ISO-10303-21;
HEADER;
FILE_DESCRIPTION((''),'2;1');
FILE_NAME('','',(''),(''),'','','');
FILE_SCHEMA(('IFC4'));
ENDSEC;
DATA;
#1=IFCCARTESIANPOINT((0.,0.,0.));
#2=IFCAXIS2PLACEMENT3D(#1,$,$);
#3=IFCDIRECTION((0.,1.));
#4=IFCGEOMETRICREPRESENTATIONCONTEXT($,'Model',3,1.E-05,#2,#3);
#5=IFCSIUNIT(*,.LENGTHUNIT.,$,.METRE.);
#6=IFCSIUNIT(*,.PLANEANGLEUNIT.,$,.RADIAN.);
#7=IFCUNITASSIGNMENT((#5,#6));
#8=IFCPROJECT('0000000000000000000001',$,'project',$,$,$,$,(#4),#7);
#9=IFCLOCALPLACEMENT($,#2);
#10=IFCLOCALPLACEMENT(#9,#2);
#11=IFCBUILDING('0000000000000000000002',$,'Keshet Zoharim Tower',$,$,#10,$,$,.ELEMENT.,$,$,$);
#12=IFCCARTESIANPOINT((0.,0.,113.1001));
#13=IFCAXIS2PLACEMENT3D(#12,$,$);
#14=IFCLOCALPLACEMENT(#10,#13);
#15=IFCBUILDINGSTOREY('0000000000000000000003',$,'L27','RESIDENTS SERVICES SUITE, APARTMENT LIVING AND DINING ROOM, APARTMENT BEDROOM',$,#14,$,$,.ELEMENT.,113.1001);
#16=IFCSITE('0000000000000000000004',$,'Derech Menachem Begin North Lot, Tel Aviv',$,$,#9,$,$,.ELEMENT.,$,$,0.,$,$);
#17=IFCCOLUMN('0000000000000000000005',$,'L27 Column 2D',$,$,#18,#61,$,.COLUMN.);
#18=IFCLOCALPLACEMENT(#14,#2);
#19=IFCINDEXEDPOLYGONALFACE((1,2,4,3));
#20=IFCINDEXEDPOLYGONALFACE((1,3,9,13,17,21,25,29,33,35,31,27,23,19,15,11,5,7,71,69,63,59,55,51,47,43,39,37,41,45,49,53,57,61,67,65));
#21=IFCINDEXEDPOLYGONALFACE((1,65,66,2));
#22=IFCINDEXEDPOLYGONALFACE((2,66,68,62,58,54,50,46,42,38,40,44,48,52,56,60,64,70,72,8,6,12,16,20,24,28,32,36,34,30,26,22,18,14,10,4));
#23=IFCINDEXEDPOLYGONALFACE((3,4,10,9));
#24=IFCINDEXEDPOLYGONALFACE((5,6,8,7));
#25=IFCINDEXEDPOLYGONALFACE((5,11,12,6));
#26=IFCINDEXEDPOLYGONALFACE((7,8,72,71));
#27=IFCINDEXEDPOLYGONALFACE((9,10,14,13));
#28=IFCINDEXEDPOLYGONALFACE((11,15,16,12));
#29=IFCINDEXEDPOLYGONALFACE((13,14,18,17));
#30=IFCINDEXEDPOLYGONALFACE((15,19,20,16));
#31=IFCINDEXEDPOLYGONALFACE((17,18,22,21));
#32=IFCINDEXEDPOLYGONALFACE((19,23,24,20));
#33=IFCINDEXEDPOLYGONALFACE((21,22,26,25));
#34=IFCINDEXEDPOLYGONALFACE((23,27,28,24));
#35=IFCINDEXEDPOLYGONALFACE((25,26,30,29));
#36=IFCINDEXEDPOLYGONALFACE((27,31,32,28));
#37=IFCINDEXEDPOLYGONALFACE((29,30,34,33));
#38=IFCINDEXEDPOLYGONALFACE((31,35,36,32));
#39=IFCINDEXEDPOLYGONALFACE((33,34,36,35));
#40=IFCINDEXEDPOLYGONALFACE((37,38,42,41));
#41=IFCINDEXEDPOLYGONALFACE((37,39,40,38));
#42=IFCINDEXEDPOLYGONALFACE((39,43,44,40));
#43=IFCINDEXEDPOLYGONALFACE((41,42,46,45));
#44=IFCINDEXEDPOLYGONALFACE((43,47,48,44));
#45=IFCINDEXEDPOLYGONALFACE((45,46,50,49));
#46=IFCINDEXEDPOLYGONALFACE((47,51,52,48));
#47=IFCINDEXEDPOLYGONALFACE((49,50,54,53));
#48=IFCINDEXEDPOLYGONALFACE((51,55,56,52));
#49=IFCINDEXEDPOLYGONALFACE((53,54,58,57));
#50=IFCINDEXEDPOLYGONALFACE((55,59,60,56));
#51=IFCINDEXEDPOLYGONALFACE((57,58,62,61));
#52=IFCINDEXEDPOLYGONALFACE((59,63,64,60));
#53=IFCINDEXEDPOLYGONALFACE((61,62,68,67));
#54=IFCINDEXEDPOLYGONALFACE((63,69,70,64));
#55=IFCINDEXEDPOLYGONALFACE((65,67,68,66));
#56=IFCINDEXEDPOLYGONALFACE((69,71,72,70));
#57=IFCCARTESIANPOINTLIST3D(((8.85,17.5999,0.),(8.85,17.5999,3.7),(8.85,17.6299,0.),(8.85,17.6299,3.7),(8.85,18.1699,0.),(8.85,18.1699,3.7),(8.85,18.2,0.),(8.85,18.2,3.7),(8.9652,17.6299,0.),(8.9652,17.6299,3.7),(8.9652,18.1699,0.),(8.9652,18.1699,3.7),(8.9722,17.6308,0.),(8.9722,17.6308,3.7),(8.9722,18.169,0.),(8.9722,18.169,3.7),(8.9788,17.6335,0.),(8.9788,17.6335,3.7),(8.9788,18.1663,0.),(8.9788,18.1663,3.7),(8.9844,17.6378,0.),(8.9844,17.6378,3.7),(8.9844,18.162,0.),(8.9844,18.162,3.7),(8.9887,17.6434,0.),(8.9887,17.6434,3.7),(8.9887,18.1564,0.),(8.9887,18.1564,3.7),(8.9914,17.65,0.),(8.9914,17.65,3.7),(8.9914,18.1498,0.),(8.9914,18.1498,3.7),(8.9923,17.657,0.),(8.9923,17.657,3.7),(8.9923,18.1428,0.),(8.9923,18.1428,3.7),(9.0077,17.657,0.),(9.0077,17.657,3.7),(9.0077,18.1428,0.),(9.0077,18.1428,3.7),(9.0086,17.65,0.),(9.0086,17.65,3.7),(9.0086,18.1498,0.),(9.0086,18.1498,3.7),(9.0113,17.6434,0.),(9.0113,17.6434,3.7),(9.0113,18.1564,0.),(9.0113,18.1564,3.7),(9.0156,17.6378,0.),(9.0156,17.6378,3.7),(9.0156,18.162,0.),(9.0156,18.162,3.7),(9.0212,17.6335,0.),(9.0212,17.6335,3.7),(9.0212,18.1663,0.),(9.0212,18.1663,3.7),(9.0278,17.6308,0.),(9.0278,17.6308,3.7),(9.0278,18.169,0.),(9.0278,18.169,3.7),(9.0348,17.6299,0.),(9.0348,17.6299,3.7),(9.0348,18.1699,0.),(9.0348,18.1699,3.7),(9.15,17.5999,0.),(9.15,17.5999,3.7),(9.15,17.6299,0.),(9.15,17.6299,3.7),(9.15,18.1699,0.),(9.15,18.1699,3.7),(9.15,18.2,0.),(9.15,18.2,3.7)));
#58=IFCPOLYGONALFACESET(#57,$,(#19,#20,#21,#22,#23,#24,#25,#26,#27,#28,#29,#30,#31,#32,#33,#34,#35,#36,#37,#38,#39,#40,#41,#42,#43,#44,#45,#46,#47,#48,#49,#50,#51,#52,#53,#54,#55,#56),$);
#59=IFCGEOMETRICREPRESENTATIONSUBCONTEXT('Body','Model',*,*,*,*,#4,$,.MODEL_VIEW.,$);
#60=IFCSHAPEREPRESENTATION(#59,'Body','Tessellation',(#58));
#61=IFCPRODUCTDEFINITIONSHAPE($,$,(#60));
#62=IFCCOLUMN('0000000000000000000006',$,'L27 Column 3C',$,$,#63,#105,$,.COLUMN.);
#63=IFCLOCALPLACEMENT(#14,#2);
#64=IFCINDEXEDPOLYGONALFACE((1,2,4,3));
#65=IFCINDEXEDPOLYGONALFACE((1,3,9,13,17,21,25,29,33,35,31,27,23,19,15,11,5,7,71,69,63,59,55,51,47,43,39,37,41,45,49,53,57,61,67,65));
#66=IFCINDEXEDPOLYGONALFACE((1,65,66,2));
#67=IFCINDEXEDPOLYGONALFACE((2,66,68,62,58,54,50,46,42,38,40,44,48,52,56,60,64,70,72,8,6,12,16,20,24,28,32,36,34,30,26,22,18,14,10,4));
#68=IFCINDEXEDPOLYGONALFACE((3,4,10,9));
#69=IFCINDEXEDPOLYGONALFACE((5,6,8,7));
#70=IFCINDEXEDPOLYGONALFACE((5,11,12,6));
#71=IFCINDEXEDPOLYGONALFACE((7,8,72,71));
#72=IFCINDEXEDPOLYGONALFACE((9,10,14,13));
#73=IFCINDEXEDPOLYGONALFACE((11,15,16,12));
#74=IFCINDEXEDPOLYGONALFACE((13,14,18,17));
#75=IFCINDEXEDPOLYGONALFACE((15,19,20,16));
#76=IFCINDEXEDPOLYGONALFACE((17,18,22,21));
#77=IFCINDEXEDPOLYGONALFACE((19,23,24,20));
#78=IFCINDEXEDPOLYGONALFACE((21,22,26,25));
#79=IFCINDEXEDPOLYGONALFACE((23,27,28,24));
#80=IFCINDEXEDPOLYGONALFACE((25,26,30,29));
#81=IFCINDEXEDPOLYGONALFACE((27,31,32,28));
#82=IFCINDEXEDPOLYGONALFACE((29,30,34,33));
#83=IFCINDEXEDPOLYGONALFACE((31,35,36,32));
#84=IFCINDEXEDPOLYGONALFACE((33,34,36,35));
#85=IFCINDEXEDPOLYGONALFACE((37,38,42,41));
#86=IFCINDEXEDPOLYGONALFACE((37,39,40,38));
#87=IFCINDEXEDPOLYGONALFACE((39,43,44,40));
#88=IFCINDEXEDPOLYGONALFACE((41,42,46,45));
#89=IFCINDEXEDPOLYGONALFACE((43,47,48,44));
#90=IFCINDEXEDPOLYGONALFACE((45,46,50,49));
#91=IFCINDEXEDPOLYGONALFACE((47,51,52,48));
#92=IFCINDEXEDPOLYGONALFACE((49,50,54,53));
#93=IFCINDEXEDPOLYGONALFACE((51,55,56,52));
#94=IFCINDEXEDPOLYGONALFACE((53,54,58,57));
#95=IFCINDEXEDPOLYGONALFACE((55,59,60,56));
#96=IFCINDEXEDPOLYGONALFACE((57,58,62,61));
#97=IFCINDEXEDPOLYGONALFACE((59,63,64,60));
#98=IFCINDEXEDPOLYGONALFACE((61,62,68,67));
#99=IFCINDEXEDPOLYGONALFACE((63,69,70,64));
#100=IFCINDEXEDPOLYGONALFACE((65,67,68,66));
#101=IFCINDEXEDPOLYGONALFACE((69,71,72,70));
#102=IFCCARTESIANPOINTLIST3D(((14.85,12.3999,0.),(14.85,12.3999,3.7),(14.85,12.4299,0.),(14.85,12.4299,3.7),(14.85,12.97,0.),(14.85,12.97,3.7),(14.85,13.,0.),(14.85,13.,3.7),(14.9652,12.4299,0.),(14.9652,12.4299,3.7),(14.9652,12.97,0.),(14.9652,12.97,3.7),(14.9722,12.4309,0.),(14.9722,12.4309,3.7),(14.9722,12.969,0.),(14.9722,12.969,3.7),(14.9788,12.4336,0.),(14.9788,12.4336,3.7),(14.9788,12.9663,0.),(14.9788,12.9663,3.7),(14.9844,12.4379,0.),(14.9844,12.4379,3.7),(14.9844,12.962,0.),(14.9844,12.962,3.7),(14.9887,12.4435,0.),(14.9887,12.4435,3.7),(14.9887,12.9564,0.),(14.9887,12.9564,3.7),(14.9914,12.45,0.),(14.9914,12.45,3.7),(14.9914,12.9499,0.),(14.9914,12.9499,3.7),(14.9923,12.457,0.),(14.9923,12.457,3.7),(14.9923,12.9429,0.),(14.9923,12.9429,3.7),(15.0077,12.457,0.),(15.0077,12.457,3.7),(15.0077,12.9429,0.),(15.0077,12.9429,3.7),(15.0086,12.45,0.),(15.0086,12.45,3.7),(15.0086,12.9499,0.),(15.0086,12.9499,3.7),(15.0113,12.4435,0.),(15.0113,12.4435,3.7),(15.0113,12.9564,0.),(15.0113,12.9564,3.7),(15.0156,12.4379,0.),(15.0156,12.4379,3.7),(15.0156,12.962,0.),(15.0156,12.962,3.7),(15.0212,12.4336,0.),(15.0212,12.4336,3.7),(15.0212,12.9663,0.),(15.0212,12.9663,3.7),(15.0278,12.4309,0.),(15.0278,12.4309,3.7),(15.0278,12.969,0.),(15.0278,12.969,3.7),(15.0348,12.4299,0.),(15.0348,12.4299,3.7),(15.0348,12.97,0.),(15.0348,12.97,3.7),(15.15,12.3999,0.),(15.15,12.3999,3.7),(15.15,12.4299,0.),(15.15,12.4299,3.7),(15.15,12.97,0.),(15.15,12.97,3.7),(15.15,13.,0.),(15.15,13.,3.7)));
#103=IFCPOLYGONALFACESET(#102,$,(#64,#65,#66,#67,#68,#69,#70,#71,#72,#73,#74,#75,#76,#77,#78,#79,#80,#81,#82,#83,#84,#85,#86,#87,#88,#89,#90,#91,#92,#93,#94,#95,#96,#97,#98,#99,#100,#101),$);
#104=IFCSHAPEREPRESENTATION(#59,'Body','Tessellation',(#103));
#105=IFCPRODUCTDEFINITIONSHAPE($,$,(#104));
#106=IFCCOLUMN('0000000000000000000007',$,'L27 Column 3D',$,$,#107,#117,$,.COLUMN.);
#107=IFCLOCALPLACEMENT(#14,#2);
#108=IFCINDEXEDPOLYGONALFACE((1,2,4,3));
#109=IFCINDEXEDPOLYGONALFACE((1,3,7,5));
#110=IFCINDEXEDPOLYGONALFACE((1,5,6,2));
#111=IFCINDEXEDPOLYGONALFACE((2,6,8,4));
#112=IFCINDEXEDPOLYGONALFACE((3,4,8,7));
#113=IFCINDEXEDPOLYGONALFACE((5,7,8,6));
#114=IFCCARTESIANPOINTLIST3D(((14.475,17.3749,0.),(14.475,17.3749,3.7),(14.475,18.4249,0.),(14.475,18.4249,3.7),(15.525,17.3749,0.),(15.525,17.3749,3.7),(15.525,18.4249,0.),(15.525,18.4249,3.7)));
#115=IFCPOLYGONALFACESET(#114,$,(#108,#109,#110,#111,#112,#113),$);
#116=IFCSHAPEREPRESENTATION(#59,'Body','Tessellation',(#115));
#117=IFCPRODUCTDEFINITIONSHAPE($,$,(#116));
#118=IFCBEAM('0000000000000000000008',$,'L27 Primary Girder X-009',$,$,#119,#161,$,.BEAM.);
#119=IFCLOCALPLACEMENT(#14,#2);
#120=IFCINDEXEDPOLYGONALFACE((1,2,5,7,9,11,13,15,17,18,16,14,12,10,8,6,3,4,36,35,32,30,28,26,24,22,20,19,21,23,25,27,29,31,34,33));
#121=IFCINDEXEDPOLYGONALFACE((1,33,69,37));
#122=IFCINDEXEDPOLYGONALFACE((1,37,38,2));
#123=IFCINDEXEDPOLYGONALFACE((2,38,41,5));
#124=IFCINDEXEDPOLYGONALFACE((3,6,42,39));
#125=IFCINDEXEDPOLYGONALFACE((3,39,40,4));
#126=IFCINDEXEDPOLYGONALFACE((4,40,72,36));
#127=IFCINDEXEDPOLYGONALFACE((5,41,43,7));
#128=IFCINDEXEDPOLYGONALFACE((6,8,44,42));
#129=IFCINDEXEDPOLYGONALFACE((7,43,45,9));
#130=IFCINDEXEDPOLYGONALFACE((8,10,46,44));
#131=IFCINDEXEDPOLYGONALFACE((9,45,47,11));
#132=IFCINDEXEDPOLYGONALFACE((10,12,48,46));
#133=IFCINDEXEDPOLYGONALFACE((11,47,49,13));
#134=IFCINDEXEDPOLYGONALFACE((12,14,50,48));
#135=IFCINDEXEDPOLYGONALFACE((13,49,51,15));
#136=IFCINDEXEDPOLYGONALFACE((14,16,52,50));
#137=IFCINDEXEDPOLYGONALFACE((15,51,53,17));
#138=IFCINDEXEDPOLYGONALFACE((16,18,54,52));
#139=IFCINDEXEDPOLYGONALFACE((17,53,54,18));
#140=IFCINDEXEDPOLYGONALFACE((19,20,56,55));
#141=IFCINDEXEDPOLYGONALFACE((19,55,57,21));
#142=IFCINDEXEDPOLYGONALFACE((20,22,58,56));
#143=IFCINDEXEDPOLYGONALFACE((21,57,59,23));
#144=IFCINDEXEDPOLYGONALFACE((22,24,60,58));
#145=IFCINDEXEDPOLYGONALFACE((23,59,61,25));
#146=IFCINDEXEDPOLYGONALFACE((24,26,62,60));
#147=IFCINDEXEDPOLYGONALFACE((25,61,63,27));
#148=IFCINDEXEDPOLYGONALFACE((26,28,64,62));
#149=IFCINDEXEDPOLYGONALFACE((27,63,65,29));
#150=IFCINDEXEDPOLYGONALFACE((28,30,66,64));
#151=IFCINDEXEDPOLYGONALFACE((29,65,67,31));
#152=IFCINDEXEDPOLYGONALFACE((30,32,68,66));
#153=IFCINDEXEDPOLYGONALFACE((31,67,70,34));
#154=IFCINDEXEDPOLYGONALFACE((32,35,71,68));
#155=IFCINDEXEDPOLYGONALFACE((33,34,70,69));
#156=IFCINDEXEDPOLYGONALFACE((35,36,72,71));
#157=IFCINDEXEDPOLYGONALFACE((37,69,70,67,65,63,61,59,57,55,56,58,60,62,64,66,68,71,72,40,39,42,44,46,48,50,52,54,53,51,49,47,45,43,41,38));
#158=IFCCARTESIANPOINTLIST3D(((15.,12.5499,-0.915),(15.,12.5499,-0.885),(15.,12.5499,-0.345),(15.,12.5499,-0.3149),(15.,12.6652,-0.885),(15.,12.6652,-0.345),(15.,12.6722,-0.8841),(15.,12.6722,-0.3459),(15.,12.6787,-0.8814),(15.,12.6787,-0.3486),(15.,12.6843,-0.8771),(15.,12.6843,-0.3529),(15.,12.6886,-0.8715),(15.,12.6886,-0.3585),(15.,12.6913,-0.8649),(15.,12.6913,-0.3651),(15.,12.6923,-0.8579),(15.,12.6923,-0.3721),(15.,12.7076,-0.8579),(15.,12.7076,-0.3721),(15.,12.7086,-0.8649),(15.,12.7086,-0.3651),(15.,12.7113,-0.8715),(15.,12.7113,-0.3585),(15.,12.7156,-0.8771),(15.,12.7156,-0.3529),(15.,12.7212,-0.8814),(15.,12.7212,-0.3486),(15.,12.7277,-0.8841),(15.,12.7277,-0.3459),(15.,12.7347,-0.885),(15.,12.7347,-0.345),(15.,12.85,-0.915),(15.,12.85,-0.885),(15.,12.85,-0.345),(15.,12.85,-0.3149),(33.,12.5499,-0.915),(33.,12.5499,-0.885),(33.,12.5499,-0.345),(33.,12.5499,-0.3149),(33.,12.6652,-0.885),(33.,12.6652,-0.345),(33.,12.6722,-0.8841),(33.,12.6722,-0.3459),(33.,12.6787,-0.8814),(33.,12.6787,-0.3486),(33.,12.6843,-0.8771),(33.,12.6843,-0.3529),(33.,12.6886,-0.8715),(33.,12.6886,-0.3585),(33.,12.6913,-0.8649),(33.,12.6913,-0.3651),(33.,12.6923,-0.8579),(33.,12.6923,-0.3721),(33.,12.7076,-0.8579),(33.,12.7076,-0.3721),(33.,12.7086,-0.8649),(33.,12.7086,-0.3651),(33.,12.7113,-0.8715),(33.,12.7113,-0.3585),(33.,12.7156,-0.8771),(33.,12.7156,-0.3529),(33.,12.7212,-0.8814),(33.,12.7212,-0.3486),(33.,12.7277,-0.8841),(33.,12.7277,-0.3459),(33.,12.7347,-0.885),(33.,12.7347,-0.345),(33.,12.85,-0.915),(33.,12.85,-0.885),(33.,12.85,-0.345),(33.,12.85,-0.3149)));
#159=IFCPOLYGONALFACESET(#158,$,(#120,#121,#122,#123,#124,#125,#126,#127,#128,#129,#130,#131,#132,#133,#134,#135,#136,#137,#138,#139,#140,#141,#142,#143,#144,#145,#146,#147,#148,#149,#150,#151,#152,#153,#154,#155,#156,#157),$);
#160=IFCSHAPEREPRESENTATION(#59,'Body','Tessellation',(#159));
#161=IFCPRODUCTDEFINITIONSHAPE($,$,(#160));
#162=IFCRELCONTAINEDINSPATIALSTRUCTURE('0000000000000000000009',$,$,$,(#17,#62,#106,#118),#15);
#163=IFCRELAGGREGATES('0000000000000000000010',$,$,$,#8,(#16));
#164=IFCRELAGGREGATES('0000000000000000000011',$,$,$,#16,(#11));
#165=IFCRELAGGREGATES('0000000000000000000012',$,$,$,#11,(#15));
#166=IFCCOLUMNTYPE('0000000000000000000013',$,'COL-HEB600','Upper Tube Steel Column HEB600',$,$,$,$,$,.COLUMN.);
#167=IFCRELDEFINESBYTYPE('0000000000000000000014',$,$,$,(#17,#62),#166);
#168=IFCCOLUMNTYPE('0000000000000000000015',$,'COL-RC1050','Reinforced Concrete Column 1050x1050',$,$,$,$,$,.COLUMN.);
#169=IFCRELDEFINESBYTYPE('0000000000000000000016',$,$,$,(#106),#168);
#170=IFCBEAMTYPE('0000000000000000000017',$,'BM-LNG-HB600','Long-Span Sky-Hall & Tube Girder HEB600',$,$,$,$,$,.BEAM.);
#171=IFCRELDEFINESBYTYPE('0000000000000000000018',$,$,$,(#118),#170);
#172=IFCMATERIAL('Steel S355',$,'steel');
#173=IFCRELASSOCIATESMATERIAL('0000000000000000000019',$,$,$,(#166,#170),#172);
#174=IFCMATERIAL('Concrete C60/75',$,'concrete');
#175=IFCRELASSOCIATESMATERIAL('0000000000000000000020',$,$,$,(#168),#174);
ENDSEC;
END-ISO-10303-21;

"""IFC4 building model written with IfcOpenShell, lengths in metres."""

from ifc_helpers import new_model, si_unit, direction, frame, origin, origin_2d, place, context, subcontext, project, spatial, rectangle, i_section, extrude, material, material_profile, profile_set, type_object, element, save


model = new_model("IFC4")

# Units and contexts
model_context = context("Model", 3, precision=1e-05, world=origin(), true_north=direction((0.0, 1.0)))
body_context = subcontext(model_context, "Body", "Model", "MODEL_VIEW")
ifc_project = project(units=[si_unit("LENGTHUNIT", "METRE"), si_unit("PLANEANGLEUNIT", "RADIAN")], contexts=[model_context])

# Site, building, storey
site_placement = place(None, origin())
site = spatial("IfcSite", under=ifc_project, at=site_placement, Name="Derech Menachem Begin North Lot, Tel Aviv", CompositionType="ELEMENT", RefElevation=0.0)
building_placement = place(site_placement, origin())
building = spatial("IfcBuilding", under=site, at=building_placement, Name="Keshet Zoharim Tower", CompositionType="ELEMENT")
storey_placement = place(building_placement, frame((0.0, 0.0, 113.1001)))
storey = spatial("IfcBuildingStorey", under=building, at=storey_placement, Name="L27", Description="RESIDENTS SERVICES SUITE, APARTMENT LIVING AND DINING ROOM, APARTMENT BEDROOM", CompositionType="ELEMENT", Elevation=113.1001)

# Columns
ifc_material_1 = material(Name="Steel S355", Category="steel")
ifc_material_profile_1 = material_profile(ifc_material_1, i_section(OverallWidth=0.3, OverallDepth=0.6001, WebThickness=0.0154, FlangeThickness=0.03, FilletRadius=0.0271, at=origin_2d()), Name="HEB600")
ifc_profile_set_1 = profile_set([ifc_material_profile_1], Name="Steel S355")
column_type_1 = type_object("IfcColumnType", Name="COL-HEB600", Description="Upper Tube Steel Column HEB600", PredefinedType="COLUMN", material=ifc_profile_set_1)
for number, where, z_axis, x_axis, name in (
    (1, (9.0, 17.8999, 0.0), (0.0, 0.0, 1.0), (1.0, 0.0, 0.0), "L27 Column 2D"),
    (2, (15.0, 12.7, 0.0), (0.0, 0.0, 1.0), (1.0, 0.0, 0.0), "L27 Column 3C"),
):
    element("IfcColumn", number, at=place(storey_placement, frame(where, z_axis=z_axis, x_axis=x_axis)), inside=storey, type_object=column_type_1, Name=name, PredefinedType="COLUMN", context=body_context, shape_type="SweptSolid", body=[
        extrude(i_section(OverallWidth=0.3, OverallDepth=0.6001, WebThickness=0.0154, FlangeThickness=0.03, FilletRadius=0.0271, at=origin_2d()), origin(), (0.0, 0.0, 1.0), 3.7),
    ])
ifc_material_2 = material(Name="Concrete C60/75", Category="concrete")
ifc_material_profile_2 = material_profile(ifc_material_2, rectangle(XDim=1.05, YDim=1.05, at=origin_2d()), Name="RC1050x1050")
ifc_profile_set_2 = profile_set([ifc_material_profile_2], Name="Concrete C60/75")
column_type_2 = type_object("IfcColumnType", Name="COL-RC1050", Description="Reinforced Concrete Column 1050x1050", PredefinedType="COLUMN", material=ifc_profile_set_2)
column_placement = place(storey_placement, frame((15.0, 17.8999, 0.0), z_axis=(0.0, 0.0, 1.0), x_axis=(1.0, 0.0, 0.0)))
element("IfcColumn", 3, at=column_placement, inside=storey, type_object=column_type_2, Name="L27 Column 3D", PredefinedType="COLUMN", context=body_context, shape_type="SweptSolid", body=[
    extrude(rectangle(XDim=1.05, YDim=1.05, at=origin_2d()), origin(), (0.0, 0.0, 1.0), 3.7),
])

# Beam
ifc_material_profile_3 = material_profile(ifc_material_1, i_section(OverallWidth=0.3, OverallDepth=0.6001, WebThickness=0.0154, FlangeThickness=0.03, FilletRadius=0.0271, at=origin_2d()), Name="HEB600")
ifc_profile_set_3 = profile_set([ifc_material_profile_3], Name="Steel S355")
beam_type_1 = type_object("IfcBeamType", Name="BM-LNG-HB600", Description="Long-Span Sky-Hall & Tube Girder HEB600", PredefinedType="BEAM", material=ifc_profile_set_3)
for number, where, z_axis, x_axis, name in (
    (4, (15.0, 12.7, -0.615), (1.0, 0.0, 0.0), (0.0, 1.0, 0.0), "L27 Primary Girder X-009"),
):
    element("IfcBeam", number, at=place(storey_placement, frame(where, z_axis=z_axis, x_axis=x_axis)), inside=storey, type_object=beam_type_1, Name=name, PredefinedType="BEAM", context=body_context, shape_type="SweptSolid", body=[
        extrude(i_section(OverallWidth=0.3, OverallDepth=0.6001, WebThickness=0.0154, FlangeThickness=0.03, FilletRadius=0.0271, at=origin_2d()), origin(), (0.0, 0.0, 1.0), 18.0),
    ])

save(model, "model.ifc")
